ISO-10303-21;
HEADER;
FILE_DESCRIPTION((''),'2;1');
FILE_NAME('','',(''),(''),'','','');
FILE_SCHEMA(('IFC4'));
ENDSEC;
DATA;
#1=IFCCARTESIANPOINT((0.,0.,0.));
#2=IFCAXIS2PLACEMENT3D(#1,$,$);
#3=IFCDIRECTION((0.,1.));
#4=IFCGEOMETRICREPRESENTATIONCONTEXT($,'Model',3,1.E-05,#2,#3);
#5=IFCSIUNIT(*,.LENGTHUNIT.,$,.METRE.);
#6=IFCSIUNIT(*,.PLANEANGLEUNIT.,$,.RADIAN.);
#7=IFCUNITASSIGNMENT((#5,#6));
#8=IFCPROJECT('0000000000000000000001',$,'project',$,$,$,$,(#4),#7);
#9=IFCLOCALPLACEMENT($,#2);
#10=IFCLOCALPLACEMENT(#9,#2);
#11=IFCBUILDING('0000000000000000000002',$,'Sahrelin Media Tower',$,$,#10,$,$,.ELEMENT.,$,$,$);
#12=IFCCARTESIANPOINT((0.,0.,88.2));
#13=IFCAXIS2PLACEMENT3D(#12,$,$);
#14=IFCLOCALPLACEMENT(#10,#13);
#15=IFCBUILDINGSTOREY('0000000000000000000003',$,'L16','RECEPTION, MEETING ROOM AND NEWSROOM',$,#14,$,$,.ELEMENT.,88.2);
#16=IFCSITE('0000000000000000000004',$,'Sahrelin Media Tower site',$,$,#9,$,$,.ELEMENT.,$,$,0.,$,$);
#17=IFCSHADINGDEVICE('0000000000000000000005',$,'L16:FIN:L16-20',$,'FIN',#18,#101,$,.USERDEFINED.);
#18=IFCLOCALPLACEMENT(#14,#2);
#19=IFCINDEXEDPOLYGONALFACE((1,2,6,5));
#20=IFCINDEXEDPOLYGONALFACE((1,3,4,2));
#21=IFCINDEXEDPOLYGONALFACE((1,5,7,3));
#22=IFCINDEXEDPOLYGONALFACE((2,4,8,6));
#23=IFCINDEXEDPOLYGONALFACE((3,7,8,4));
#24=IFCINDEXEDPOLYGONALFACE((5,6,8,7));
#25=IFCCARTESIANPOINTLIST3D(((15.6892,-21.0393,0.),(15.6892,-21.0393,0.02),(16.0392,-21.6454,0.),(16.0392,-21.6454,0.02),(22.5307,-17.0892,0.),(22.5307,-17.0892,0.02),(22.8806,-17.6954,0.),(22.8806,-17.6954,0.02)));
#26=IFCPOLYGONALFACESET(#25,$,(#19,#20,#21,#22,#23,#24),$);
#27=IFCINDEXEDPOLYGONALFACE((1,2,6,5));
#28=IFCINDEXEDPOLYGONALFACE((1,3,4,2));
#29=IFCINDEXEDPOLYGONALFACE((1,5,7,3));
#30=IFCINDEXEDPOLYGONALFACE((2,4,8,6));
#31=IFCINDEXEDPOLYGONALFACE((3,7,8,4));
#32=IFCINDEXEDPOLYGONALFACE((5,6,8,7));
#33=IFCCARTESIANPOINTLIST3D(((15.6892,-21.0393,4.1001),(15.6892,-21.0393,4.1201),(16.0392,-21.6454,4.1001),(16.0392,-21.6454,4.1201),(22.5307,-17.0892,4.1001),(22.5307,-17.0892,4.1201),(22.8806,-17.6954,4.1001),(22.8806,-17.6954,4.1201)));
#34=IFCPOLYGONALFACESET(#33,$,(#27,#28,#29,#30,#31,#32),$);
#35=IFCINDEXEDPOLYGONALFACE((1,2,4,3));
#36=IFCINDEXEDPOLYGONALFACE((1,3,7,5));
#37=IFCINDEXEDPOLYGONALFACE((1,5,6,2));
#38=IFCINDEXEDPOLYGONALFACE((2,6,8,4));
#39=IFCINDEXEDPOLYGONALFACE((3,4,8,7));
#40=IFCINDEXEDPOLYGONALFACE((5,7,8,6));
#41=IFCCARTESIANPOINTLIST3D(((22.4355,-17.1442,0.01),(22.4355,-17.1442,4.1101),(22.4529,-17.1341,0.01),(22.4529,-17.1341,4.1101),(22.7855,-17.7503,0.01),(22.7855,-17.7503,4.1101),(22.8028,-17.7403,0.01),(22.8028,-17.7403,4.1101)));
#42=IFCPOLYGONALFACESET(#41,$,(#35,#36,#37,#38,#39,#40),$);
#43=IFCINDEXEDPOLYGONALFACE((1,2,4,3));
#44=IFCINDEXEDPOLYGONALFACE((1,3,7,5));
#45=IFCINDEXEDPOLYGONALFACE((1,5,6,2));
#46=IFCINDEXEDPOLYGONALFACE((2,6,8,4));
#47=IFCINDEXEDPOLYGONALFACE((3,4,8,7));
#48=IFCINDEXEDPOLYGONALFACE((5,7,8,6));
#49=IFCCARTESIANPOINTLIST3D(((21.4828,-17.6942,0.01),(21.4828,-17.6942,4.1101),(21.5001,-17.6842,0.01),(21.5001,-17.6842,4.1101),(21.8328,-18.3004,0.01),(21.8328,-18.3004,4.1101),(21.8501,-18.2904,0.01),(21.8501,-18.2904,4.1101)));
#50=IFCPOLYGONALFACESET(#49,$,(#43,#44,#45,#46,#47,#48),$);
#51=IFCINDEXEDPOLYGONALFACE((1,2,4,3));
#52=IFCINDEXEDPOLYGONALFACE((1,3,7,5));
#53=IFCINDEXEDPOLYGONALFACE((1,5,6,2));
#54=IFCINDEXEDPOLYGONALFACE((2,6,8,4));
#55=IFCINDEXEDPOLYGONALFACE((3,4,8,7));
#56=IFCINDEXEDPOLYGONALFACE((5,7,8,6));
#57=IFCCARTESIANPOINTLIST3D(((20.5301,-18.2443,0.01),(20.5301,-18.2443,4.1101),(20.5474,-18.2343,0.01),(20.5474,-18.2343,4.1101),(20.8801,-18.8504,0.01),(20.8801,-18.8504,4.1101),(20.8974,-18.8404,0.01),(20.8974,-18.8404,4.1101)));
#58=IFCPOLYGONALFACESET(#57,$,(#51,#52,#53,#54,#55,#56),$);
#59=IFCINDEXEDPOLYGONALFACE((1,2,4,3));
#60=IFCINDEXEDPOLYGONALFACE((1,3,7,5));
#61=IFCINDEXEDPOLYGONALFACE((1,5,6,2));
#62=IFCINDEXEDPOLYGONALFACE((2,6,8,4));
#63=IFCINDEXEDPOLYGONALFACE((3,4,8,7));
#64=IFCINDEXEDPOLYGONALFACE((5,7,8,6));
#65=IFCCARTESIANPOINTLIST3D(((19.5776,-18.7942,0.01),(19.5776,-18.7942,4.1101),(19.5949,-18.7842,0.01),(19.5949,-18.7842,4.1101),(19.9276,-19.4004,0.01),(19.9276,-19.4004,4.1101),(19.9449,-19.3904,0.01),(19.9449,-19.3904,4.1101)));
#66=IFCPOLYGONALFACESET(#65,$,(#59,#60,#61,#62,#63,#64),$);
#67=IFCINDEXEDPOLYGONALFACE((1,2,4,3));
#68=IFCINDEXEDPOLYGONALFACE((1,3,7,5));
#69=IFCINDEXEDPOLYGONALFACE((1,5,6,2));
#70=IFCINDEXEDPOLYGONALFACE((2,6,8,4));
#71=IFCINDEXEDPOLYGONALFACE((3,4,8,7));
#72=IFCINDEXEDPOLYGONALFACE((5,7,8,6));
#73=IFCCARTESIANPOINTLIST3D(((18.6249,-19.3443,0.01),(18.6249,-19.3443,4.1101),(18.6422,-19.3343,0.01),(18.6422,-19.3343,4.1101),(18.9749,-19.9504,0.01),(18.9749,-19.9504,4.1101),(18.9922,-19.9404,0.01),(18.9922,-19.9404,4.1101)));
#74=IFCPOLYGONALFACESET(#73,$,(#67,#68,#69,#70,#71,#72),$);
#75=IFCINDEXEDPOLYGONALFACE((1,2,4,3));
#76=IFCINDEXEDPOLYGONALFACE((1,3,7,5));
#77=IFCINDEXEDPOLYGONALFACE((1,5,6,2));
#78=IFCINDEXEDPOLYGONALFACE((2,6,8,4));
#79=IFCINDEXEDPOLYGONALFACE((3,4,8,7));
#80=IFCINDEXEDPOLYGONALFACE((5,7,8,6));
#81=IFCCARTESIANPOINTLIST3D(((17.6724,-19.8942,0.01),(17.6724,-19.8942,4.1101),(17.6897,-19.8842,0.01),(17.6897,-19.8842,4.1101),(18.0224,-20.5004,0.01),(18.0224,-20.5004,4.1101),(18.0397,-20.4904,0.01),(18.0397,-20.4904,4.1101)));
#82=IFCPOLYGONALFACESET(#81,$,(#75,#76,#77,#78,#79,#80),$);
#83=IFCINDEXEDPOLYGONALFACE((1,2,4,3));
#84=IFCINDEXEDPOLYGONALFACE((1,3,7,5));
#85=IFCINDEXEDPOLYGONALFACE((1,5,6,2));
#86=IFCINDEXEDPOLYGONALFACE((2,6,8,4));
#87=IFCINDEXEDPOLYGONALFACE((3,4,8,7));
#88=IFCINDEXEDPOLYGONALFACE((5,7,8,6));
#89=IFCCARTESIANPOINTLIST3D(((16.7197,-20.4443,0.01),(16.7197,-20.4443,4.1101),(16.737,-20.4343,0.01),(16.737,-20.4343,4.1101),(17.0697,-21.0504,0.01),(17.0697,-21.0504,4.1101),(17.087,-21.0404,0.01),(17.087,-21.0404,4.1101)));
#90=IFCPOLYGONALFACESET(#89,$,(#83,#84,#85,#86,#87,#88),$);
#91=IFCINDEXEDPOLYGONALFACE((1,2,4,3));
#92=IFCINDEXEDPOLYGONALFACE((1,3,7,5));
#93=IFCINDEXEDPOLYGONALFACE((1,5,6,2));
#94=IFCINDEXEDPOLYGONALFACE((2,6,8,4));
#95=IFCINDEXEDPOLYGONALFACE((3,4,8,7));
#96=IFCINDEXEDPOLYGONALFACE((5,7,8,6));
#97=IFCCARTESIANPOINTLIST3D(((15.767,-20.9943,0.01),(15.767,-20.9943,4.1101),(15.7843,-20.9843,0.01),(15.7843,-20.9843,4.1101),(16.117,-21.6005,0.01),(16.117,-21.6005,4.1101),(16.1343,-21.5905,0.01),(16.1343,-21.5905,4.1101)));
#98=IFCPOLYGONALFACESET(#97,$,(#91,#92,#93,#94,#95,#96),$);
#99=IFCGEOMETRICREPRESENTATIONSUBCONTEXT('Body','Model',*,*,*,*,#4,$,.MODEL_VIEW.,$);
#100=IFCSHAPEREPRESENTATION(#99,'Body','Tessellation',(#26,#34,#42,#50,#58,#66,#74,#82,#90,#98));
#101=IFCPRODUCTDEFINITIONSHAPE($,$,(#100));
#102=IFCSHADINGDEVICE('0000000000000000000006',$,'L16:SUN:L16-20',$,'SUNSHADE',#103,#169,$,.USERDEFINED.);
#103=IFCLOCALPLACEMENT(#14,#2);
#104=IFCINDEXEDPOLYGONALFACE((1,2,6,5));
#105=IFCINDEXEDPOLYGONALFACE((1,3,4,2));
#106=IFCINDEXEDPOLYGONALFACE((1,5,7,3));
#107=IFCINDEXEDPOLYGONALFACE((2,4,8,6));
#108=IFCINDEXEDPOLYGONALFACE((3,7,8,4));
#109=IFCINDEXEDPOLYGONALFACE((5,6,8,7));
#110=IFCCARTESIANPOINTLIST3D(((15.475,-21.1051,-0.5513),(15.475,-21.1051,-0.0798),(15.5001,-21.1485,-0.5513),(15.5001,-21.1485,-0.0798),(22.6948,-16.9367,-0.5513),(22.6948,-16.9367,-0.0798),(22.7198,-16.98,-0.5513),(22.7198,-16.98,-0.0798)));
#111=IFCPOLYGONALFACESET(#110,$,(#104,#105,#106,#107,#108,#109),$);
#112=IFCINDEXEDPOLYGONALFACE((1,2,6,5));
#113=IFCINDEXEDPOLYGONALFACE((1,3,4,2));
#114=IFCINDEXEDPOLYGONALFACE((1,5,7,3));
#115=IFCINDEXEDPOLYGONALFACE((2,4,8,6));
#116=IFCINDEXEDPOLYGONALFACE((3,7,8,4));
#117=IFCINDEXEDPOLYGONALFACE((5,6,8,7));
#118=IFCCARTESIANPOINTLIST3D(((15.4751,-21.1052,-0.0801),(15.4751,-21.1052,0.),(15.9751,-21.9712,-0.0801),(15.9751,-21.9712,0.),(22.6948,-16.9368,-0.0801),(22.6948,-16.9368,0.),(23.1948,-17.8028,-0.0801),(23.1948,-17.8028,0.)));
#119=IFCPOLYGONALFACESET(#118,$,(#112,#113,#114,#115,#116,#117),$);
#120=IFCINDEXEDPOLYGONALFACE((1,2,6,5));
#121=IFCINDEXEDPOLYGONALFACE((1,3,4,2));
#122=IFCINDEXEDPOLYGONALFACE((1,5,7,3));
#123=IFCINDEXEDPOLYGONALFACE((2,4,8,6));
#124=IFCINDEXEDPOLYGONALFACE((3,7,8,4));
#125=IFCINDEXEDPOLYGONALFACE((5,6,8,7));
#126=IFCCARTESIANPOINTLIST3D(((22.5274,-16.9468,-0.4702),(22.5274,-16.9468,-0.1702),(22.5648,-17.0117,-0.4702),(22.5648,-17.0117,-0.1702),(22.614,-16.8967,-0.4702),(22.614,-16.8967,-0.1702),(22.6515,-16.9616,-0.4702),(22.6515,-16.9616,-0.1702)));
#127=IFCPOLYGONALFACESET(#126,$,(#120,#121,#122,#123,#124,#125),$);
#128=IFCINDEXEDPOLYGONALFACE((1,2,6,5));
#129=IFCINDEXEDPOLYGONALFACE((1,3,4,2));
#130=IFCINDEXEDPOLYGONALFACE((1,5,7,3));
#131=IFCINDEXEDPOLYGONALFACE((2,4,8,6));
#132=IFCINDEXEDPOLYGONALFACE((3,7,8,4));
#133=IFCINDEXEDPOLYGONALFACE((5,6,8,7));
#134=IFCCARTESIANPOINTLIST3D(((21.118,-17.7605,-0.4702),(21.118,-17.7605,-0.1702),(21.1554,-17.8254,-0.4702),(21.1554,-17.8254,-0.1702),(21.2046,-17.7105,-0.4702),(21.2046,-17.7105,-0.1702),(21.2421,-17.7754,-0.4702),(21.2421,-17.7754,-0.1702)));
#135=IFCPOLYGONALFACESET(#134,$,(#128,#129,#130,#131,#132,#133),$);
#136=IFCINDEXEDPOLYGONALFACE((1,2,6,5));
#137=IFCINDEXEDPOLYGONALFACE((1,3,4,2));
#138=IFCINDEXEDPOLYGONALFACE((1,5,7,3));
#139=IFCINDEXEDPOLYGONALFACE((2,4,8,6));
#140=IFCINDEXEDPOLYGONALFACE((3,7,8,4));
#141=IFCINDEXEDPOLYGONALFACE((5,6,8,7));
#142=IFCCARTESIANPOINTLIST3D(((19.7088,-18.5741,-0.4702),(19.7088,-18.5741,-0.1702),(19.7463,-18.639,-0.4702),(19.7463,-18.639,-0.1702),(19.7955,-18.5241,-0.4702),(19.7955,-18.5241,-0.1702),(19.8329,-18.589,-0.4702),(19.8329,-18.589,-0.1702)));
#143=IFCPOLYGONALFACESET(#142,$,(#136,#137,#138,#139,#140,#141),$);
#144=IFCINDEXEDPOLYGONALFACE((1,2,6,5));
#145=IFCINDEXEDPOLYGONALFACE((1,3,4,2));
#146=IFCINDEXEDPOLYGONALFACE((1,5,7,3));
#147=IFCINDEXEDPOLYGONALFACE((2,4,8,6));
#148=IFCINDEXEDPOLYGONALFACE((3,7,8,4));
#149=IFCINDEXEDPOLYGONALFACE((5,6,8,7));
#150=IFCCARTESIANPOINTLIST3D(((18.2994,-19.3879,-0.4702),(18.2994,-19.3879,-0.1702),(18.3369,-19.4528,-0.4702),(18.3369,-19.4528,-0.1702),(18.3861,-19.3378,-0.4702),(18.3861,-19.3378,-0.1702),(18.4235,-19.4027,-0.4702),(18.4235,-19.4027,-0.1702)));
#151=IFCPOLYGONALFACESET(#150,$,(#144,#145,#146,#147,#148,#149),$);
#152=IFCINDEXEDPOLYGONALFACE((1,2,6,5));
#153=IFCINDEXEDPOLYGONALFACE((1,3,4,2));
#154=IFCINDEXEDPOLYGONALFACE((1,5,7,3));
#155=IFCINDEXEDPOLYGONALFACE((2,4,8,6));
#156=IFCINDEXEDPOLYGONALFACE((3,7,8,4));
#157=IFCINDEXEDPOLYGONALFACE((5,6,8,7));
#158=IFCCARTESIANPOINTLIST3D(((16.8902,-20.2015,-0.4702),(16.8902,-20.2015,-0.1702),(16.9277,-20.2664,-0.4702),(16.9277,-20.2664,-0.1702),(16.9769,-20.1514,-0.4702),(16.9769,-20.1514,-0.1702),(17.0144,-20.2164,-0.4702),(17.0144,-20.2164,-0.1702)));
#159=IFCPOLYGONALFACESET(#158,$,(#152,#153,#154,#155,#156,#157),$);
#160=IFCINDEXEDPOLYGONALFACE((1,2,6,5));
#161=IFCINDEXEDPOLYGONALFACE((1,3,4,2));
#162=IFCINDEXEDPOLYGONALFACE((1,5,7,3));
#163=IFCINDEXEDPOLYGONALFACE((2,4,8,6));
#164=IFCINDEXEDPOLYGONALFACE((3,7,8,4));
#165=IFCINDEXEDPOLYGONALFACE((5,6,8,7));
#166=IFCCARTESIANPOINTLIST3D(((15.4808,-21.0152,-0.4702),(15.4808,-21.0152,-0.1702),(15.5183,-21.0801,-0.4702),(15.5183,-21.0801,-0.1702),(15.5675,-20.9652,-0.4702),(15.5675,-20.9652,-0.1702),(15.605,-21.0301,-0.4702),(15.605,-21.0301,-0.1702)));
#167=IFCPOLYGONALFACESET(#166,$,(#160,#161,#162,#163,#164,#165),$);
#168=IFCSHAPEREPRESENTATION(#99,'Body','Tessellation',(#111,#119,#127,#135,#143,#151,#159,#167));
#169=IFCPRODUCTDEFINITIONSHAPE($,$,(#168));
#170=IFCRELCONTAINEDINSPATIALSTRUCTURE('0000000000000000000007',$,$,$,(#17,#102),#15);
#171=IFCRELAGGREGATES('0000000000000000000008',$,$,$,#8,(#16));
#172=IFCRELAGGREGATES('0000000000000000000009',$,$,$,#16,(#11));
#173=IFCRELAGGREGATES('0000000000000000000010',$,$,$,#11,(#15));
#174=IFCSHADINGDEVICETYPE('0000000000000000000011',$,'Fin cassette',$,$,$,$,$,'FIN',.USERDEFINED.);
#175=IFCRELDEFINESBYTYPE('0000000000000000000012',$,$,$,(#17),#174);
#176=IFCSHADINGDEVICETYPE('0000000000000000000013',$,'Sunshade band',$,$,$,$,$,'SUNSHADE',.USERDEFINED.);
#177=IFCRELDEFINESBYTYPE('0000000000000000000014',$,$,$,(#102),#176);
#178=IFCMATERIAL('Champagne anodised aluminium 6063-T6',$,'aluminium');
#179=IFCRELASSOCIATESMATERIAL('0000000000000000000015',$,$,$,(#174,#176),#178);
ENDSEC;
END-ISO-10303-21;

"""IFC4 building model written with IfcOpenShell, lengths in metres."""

from ifc_helpers import new_model, si_unit, direction, frame, origin, origin_2d, place, context, subcontext, project, spatial, rectangle, extrude, material, type_object, element, save


model = new_model("IFC4")

# Units and contexts
model_context = context("Model", 3, precision=1e-05, world=origin(), true_north=direction((0.0, 1.0)))
body_context = subcontext(model_context, "Body", "Model", "MODEL_VIEW")
ifc_project = project(units=[si_unit("LENGTHUNIT", "METRE"), si_unit("PLANEANGLEUNIT", "RADIAN")], contexts=[model_context])

# Site, building, storey
site_placement = place(None, origin())
site = spatial("IfcSite", under=ifc_project, at=site_placement, Name="Sahrelin Media Tower site", CompositionType="ELEMENT", RefElevation=0.0)
building_placement = place(site_placement, origin())
building = spatial("IfcBuilding", under=site, at=building_placement, Name="Sahrelin Media Tower", CompositionType="ELEMENT")
storey_placement = place(building_placement, frame((0.0, 0.0, 88.2)))
storey = spatial("IfcBuildingStorey", under=building, at=storey_placement, Name="L16", Description="RECEPTION, MEETING ROOM AND NEWSROOM", CompositionType="ELEMENT", Elevation=88.2)

# Shared definitions
ifc_material_1 = material(Name="Champagne anodised aluminium 6063-T6", Category="aluminium")

# Shading devices
shading_device_type_1 = type_object("IfcShadingDeviceType", Name="Fin cassette", ElementType="FIN", PredefinedType="USERDEFINED", material=ifc_material_1)
placement = place(storey_placement, frame((19.075, -19.0037, 0.0), z_axis=(0.0, 0.0, 1.0), x_axis=(-0.866019, -0.500011, 0.0)))
element("IfcShadingDevice", 1, at=placement, inside=storey, type_object=shading_device_type_1, Name="L16:FIN:L16-20", ObjectType="FIN", PredefinedType="USERDEFINED", context=body_context, shape_type="SweptSolid", body=[
    extrude(rectangle(XDim=7.8999, YDim=0.7, at=origin_2d()), frame((0.0, 0.4199, 0.0)), (0.0, 0.0, 1.0), 0.02),
    extrude(rectangle(XDim=7.8999, YDim=0.7, at=origin_2d()), frame((0.0, 0.4199, 4.1001)), (0.0, 0.0, 1.0), 0.02),
    extrude(rectangle(XDim=0.02, YDim=0.7, at=origin_2d()), frame((-3.8501, 0.4199, 0.01), z_axis=(0.0, 0.0, 1.0), x_axis=(1.0, 0.0, 0.0)), (0.0, 0.0, 1.0), 4.1001),
    extrude(rectangle(XDim=0.02, YDim=0.7, at=origin_2d()), frame((-2.75, 0.4199, 0.01), z_axis=(0.0, 0.0, 1.0), x_axis=(1.0, 0.0, 0.0)), (0.0, 0.0, 1.0), 4.1001),
    extrude(rectangle(XDim=0.02, YDim=0.7, at=origin_2d()), frame((-1.6499, 0.4199, 0.01), z_axis=(0.0, 0.0, 1.0), x_axis=(1.0, 0.0, 0.0)), (0.0, 0.0, 1.0), 4.1001),
    extrude(rectangle(XDim=0.02, YDim=0.7, at=origin_2d()), frame((-0.55, 0.4199, 0.01), z_axis=(0.0, 0.0, 1.0), x_axis=(1.0, 0.0, 0.0)), (0.0, 0.0, 1.0), 4.1001),
    extrude(rectangle(XDim=0.02, YDim=0.7, at=origin_2d()), frame((0.55, 0.4199, 0.01), z_axis=(0.0, 0.0, 1.0), x_axis=(1.0, 0.0, 0.0)), (0.0, 0.0, 1.0), 4.1001),
    extrude(rectangle(XDim=0.02, YDim=0.7, at=origin_2d()), frame((1.6499, 0.4199, 0.01), z_axis=(0.0, 0.0, 1.0), x_axis=(1.0, 0.0, 0.0)), (0.0, 0.0, 1.0), 4.1001),
    extrude(rectangle(XDim=0.02, YDim=0.7, at=origin_2d()), frame((2.75, 0.4199, 0.01), z_axis=(0.0, 0.0, 1.0), x_axis=(1.0, 0.0, 0.0)), (0.0, 0.0, 1.0), 4.1001),
    extrude(rectangle(XDim=0.02, YDim=0.7, at=origin_2d()), frame((3.8501, 0.4199, 0.01), z_axis=(0.0, 0.0, 1.0), x_axis=(1.0, 0.0, 0.0)), (0.0, 0.0, 1.0), 4.1001),
])
shading_device_type_2 = type_object("IfcShadingDeviceType", Name="Sunshade band", ElementType="SUNSHADE", PredefinedType="USERDEFINED", material=ifc_material_1)
element("IfcShadingDevice", 2, at=placement, inside=storey, type_object=shading_device_type_2, Name="L16:SUN:L16-20", ObjectType="SUNSHADE", PredefinedType="USERDEFINED", context=body_context, shape_type="SweptSolid", body=[
    extrude(rectangle(XDim=8.3367, YDim=0.05, at=origin_2d()), frame((0.0, 0.0449, -0.5513)), (0.0, 0.0, 1.0), 0.4714),
    extrude(rectangle(XDim=8.3367, YDim=1.0, at=origin_2d()), frame((0.0, 0.52, -0.0801)), (0.0, 0.0, 1.0), 0.0801),
    extrude(rectangle(XDim=0.1001, YDim=0.075, at=origin_2d()), frame((-4.0684, -0.0176, -0.4702)), (0.0, 0.0, 1.0), 0.3),
    extrude(rectangle(XDim=0.1001, YDim=0.075, at=origin_2d()), frame((-2.4409, -0.0176, -0.4702)), (0.0, 0.0, 1.0), 0.3),
    extrude(rectangle(XDim=0.1001, YDim=0.075, at=origin_2d()), frame((-0.8137, -0.0176, -0.4702)), (0.0, 0.0, 1.0), 0.3),
    extrude(rectangle(XDim=0.1001, YDim=0.075, at=origin_2d()), frame((0.8137, -0.0176, -0.4702)), (0.0, 0.0, 1.0), 0.3),
    extrude(rectangle(XDim=0.1001, YDim=0.075, at=origin_2d()), frame((2.4409, -0.0176, -0.4702)), (0.0, 0.0, 1.0), 0.3),
    extrude(rectangle(XDim=0.1001, YDim=0.075, at=origin_2d()), frame((4.0684, -0.0176, -0.4702)), (0.0, 0.0, 1.0), 0.3),
])

save(model, "model.ifc")
